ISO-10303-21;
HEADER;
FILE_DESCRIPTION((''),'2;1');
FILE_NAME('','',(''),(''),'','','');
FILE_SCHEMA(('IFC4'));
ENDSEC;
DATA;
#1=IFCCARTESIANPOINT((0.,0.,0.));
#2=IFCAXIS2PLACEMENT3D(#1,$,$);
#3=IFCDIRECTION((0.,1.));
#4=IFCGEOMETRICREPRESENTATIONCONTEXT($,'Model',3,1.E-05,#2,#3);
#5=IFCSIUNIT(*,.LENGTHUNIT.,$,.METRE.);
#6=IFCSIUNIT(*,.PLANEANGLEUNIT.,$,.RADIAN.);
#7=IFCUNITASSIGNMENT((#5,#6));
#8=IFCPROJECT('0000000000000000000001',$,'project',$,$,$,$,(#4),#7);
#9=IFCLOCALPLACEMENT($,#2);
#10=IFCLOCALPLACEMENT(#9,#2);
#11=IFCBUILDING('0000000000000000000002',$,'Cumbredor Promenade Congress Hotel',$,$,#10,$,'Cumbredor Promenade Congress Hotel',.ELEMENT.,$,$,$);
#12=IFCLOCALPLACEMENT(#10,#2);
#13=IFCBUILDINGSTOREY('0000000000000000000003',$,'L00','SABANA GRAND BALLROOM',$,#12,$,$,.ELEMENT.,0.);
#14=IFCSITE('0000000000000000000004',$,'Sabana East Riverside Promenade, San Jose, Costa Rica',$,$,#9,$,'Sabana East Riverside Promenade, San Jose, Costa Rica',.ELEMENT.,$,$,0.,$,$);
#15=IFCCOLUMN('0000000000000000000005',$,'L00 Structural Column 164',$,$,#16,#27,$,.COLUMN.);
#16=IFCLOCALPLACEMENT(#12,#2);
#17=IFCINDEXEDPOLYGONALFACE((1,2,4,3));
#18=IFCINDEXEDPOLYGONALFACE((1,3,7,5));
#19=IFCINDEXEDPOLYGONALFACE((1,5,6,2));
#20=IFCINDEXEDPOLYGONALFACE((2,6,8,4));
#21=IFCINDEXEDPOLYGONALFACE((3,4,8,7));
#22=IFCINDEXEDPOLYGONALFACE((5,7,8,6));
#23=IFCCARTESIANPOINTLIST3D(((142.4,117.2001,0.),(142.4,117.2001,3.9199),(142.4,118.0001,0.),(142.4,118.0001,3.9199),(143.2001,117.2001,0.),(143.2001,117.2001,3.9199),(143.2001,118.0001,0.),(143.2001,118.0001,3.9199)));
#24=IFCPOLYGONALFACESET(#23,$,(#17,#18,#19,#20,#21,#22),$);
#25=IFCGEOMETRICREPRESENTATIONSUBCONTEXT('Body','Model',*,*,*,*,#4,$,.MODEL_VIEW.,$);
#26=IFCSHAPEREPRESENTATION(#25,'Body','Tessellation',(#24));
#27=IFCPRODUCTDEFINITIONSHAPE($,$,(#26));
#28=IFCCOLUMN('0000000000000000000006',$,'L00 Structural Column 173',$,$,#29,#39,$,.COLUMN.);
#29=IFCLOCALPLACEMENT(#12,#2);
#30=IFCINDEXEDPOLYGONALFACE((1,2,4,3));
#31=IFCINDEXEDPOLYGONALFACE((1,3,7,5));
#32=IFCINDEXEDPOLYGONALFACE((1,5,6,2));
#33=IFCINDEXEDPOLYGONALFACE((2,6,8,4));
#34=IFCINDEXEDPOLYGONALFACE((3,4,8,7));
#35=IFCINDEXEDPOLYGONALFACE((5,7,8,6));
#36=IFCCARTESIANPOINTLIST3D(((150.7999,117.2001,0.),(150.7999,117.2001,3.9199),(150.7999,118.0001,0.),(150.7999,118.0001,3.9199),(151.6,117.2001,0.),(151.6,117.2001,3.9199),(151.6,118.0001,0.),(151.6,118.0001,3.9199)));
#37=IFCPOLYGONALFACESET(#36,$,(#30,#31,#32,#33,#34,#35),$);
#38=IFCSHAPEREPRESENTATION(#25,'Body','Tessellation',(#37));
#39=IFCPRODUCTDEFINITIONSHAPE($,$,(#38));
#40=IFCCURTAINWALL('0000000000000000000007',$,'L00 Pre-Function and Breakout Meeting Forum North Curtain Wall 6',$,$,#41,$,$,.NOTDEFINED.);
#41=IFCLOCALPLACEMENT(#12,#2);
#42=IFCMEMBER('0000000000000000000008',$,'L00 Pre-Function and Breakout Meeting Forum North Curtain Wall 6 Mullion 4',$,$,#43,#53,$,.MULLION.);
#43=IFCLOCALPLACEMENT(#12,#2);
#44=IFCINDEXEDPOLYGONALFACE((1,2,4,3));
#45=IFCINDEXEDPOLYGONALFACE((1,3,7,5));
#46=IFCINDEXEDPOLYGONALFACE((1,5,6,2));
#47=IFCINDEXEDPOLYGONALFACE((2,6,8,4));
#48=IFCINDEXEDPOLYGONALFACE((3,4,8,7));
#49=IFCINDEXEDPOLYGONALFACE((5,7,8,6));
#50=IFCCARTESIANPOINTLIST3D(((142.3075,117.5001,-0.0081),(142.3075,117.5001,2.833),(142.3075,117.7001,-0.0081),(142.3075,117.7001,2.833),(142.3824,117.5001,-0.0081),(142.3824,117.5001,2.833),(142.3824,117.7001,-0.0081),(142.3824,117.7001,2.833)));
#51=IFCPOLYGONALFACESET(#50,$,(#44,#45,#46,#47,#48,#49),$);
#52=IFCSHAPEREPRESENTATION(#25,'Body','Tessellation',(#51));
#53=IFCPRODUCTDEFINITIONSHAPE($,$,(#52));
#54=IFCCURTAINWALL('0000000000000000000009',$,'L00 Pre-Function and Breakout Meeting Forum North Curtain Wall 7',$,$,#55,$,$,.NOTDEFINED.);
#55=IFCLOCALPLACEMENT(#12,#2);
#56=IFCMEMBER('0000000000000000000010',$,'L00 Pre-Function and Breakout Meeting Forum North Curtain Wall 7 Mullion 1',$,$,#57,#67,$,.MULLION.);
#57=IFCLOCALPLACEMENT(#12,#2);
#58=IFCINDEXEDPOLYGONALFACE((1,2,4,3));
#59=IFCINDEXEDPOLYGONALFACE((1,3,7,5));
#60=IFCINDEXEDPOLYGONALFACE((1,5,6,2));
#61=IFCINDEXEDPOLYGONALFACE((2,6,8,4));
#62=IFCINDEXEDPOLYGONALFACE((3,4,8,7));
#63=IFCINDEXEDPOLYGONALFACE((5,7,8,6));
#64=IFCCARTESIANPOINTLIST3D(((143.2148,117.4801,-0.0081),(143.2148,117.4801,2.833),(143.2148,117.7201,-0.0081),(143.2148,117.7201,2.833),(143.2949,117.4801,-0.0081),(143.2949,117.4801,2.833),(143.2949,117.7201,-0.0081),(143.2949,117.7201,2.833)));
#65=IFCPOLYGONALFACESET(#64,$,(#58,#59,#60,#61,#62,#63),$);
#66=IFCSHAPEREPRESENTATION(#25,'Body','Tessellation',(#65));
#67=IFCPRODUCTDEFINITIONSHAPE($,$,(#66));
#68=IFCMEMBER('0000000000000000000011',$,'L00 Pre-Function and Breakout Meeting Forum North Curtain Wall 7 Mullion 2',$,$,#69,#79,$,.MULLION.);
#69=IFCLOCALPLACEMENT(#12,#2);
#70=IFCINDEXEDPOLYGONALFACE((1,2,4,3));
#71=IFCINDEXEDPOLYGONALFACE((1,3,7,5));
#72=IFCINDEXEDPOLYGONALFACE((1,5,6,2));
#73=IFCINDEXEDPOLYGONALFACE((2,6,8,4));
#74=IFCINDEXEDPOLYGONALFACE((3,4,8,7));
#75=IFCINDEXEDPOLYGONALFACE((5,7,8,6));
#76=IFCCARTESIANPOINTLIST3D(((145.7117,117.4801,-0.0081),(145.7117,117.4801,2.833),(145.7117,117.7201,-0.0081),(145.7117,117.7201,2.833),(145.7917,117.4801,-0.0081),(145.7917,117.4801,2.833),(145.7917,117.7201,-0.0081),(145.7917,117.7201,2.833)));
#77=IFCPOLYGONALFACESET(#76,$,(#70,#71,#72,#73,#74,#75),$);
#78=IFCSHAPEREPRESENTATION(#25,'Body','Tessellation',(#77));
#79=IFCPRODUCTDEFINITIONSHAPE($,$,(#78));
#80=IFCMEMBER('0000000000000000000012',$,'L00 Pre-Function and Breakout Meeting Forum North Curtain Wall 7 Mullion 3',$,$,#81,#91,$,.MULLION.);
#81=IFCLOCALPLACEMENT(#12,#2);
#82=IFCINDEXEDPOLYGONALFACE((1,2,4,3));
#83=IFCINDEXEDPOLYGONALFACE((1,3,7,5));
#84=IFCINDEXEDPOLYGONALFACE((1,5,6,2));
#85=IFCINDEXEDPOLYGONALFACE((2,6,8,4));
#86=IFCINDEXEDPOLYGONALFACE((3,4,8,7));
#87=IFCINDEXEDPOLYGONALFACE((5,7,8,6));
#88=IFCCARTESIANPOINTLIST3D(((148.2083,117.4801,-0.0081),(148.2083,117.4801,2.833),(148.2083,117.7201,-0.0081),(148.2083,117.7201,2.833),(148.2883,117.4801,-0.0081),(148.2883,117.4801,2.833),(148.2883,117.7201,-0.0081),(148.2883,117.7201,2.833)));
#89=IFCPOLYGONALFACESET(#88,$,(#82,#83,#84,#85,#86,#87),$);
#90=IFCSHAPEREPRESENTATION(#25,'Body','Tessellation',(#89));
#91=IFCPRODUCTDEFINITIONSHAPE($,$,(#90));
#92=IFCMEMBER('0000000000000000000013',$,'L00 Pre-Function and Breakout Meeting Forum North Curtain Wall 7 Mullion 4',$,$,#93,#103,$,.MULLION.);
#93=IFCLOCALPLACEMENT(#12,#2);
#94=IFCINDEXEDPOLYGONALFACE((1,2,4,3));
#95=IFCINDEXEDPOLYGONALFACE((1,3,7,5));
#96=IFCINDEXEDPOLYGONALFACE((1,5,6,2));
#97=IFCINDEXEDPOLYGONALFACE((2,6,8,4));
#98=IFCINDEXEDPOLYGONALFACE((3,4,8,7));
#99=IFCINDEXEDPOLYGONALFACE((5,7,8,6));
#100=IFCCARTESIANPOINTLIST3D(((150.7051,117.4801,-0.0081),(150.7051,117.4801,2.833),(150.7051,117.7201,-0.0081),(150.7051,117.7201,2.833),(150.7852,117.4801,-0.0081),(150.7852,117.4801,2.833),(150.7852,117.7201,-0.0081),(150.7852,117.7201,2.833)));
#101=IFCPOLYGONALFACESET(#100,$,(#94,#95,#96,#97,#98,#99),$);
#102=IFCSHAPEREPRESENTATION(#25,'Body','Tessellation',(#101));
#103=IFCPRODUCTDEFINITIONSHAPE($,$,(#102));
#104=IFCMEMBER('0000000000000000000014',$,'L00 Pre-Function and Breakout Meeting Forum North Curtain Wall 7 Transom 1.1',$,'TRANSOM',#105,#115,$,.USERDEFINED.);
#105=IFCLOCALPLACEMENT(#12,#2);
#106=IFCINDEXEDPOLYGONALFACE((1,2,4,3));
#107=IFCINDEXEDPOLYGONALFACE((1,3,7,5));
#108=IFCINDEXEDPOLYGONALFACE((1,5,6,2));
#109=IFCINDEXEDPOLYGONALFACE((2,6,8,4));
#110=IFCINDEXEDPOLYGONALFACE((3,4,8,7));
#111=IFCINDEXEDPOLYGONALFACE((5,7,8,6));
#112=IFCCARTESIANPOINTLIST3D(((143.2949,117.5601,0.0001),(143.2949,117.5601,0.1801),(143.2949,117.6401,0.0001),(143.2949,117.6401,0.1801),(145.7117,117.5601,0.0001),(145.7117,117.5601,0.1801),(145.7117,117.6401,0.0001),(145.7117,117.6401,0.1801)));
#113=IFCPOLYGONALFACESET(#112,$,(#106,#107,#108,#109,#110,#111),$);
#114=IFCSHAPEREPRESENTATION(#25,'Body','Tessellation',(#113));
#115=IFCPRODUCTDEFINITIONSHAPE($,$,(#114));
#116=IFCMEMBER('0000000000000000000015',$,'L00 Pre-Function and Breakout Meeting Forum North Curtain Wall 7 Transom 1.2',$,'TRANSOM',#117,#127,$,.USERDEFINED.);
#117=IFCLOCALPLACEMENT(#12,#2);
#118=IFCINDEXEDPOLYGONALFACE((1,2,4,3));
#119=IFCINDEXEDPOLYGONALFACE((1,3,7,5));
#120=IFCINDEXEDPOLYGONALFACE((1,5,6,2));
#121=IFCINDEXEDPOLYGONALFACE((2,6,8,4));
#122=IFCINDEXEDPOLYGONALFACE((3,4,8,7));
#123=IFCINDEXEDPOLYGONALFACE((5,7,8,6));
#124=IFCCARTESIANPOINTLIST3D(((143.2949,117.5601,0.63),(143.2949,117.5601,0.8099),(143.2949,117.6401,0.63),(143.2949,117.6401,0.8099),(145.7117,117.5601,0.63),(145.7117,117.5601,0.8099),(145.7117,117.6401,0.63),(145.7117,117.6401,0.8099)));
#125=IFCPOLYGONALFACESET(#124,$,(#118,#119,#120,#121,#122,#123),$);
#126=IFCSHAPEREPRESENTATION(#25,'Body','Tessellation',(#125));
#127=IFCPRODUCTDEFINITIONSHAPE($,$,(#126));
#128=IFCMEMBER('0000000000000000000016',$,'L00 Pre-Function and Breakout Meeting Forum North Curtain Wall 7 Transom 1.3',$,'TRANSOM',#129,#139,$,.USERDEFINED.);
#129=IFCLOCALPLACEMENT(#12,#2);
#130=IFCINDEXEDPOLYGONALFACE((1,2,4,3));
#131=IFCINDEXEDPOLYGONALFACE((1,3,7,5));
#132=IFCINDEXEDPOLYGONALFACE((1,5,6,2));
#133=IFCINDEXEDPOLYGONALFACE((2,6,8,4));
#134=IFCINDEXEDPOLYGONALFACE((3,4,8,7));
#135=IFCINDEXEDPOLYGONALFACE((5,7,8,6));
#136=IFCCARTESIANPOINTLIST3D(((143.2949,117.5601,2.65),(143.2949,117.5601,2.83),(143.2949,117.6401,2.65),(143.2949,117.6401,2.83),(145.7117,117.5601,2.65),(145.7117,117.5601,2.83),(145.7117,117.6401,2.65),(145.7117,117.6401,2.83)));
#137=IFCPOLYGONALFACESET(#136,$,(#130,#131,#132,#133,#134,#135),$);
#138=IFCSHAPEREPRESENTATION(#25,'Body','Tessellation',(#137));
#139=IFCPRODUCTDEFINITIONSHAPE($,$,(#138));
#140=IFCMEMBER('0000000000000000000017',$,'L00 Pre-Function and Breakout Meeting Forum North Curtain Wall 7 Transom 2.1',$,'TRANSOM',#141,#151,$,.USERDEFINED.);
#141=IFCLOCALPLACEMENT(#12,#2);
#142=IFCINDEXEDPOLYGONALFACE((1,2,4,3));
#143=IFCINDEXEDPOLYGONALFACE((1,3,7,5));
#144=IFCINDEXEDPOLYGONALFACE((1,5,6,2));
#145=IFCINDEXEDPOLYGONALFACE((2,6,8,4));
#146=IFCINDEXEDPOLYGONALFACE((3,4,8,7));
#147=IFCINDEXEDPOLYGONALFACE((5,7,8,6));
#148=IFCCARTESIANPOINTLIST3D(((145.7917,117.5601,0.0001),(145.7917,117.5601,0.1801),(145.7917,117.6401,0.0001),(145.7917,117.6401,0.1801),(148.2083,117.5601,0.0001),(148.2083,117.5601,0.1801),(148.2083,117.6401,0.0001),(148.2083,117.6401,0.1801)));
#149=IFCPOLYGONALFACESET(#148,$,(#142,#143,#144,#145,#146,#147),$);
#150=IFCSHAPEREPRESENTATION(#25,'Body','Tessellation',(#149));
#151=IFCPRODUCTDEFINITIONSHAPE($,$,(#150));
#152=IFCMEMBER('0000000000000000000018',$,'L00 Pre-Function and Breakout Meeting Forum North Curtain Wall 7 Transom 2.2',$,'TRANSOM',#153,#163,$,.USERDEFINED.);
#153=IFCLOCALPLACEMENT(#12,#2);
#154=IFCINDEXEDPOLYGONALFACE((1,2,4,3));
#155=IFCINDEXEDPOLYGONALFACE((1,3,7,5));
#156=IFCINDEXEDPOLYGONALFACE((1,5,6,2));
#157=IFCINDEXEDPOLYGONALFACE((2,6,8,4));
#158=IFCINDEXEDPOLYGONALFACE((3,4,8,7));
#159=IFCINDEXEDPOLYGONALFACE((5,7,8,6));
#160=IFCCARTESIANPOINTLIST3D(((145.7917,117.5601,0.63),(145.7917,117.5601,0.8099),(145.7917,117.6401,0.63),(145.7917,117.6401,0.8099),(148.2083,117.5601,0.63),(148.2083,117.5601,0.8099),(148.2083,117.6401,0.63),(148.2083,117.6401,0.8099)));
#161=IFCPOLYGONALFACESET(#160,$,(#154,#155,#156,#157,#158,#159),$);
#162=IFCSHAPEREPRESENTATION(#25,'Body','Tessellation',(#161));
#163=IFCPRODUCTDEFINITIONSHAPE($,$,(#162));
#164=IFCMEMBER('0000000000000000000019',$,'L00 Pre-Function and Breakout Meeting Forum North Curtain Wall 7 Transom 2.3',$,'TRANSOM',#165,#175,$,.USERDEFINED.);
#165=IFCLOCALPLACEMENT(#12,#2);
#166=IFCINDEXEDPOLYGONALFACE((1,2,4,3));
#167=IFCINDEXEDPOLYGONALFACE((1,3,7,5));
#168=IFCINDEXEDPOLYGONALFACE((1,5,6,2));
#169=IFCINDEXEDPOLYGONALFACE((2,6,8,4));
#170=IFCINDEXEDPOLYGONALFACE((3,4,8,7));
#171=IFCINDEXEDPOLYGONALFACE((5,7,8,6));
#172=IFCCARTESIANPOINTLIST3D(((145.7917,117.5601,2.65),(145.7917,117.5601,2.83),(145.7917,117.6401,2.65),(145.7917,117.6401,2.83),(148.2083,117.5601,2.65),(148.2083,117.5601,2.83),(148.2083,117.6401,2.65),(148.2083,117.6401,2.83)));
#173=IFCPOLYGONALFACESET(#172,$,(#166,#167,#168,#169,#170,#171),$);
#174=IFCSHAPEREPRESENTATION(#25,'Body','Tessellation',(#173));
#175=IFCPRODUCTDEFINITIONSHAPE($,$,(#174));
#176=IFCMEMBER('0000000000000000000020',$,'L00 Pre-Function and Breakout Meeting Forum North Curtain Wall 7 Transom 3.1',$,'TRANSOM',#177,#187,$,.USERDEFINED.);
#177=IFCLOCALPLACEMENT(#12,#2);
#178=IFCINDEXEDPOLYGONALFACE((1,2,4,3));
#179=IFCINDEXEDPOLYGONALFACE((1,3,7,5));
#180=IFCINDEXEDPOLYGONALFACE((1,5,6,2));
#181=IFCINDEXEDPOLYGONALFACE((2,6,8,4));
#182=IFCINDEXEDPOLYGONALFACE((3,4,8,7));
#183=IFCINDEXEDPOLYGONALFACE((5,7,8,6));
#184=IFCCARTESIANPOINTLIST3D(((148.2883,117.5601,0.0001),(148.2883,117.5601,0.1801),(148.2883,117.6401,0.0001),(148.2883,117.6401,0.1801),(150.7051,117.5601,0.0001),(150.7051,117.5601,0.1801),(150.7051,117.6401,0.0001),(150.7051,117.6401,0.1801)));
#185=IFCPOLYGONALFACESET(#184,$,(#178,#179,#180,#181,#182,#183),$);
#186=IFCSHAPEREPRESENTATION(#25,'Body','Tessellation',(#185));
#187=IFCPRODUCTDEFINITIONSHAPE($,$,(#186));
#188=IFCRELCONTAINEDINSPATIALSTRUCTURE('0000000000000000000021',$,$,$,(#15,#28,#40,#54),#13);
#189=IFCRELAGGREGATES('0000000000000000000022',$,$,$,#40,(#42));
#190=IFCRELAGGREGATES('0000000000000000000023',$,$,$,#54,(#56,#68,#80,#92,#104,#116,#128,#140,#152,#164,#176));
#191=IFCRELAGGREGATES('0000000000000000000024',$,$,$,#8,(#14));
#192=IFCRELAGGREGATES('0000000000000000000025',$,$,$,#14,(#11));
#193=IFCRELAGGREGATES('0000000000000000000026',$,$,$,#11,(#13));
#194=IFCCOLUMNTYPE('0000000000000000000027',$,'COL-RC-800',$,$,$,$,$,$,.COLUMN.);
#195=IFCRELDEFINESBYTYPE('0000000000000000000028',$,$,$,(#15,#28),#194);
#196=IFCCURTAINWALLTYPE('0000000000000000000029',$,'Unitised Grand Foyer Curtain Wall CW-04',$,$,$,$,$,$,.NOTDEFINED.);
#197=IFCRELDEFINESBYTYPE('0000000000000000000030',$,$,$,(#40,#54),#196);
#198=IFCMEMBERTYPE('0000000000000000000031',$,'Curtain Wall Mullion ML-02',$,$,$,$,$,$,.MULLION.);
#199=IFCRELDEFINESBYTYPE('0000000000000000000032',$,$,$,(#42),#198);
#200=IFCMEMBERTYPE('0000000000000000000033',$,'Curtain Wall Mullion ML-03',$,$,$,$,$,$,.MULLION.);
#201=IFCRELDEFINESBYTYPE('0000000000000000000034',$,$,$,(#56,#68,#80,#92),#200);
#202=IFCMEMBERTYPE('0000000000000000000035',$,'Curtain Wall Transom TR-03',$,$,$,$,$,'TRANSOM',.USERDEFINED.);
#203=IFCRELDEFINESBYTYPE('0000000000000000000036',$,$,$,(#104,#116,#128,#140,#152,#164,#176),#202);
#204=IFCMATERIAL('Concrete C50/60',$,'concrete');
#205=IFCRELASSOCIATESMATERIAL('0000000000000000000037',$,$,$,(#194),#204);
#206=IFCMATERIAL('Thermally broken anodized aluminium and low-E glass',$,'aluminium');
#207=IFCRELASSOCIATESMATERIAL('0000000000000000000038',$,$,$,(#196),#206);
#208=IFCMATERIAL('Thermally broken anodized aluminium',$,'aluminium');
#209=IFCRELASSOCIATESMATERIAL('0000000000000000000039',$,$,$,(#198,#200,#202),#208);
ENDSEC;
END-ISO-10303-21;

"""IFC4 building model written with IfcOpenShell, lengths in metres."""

from ifc_helpers import new_model, si_unit, direction, frame, origin, origin_2d, place, context, subcontext, project, spatial, rectangle, extrude, material, material_profile, profile_set, type_object, element, aggregate, save


model = new_model("IFC4")

# Units and contexts
model_context = context("Model", 3, precision=1e-05, world=origin(), true_north=direction((0.0, 1.0)))
body_context = subcontext(model_context, "Body", "Model", "MODEL_VIEW")
ifc_project = project(units=[si_unit("LENGTHUNIT", "METRE"), si_unit("PLANEANGLEUNIT", "RADIAN")], contexts=[model_context])

# Site, building, storey
site_placement = place(None, origin())
site = spatial("IfcSite", under=ifc_project, at=site_placement, Name="Sabana East Riverside Promenade, San Jose, Costa Rica", LongName="Sabana East Riverside Promenade, San Jose, Costa Rica", CompositionType="ELEMENT", RefElevation=0.0)
building_placement = place(site_placement, origin())
building = spatial("IfcBuilding", under=site, at=building_placement, Name="Cumbredor Promenade Congress Hotel", LongName="Cumbredor Promenade Congress Hotel", CompositionType="ELEMENT")
storey_placement = place(building_placement, origin())
storey = spatial("IfcBuildingStorey", under=building, at=storey_placement, Name="L00", Description="SABANA GRAND BALLROOM", CompositionType="ELEMENT", Elevation=0.0)

# Columns
ifc_material_1 = material(Name="Concrete C50/60", Category="concrete")
ifc_material_profile_1 = material_profile(ifc_material_1, rectangle(XDim=0.8, YDim=0.8, at=origin_2d()), Name="RC 800x800")
ifc_profile_set_1 = profile_set([ifc_material_profile_1], Name="Concrete C50/60")
column_type = type_object("IfcColumnType", Name="COL-RC-800", PredefinedType="COLUMN", material=ifc_profile_set_1)
for number, where, z_axis, x_axis, name in (
    (1, (142.8, 117.6001, 0.0), (0.0, 0.0, 1.0), (1.0, 0.0, 0.0), "L00 Structural Column 164"),
    (2, (151.2, 117.6001, 0.0), (0.0, 0.0, 1.0), (1.0, 0.0, 0.0), "L00 Structural Column 173"),
):
    element("IfcColumn", number, at=place(storey_placement, frame(where, z_axis=z_axis, x_axis=x_axis)), inside=storey, type_object=column_type, Name=name, PredefinedType="COLUMN", context=body_context, shape_type="SweptSolid", body=[
        extrude(rectangle(XDim=0.8, YDim=0.8, at=origin_2d()), origin(), (0.0, 0.0, 1.0), 3.9199),
    ])

# Curtain wall, member
ifc_material_2 = material(Name="Thermally broken anodized aluminium and low-E glass", Category="aluminium")
curtain_wall_type = type_object("IfcCurtainWallType", Name="Unitised Grand Foyer Curtain Wall CW-04", PredefinedType="NOTDEFINED", material=ifc_material_2)
curtain_wall_1_placement = place(storey_placement, origin())
curtain_wall_1 = element("IfcCurtainWall", 3, at=curtain_wall_1_placement, inside=storey, type_object=curtain_wall_type, Name="L00 Pre-Function and Breakout Meeting Forum North Curtain Wall 6", PredefinedType="NOTDEFINED")
ifc_material_3 = material(Name="Thermally broken anodized aluminium", Category="aluminium")
ifc_material_profile_2 = material_profile(ifc_material_3, rectangle(XDim=0.075, YDim=0.2, at=origin_2d()), Name="ALU MULLION 75x200")
ifc_profile_set_2 = profile_set([ifc_material_profile_2], Name="Thermally broken anodized aluminium")
member_type_1 = type_object("IfcMemberType", Name="Curtain Wall Mullion ML-02", PredefinedType="MULLION", material=ifc_profile_set_2)
member_1_placement = place(storey_placement, frame((142.345, 117.6001, -0.0081), z_axis=(0.0, 0.0, 1.0), x_axis=(1.0, 0.0, 0.0)))
member_1 = element("IfcMember", 4, at=member_1_placement, type_object=member_type_1, Name="L00 Pre-Function and Breakout Meeting Forum North Curtain Wall 6 Mullion 4", PredefinedType="MULLION", context=body_context, shape_type="SweptSolid", body=[
    extrude(rectangle(XDim=0.075, YDim=0.2, at=origin_2d()), origin(), (0.0, 0.0, 1.0), 2.8411),
])
aggregate(curtain_wall_1, [member_1])

# Curtain wall, members
curtain_wall_2_placement = place(storey_placement, origin())
curtain_wall_2 = element("IfcCurtainWall", 5, at=curtain_wall_2_placement, inside=storey, type_object=curtain_wall_type, Name="L00 Pre-Function and Breakout Meeting Forum North Curtain Wall 7", PredefinedType="NOTDEFINED")
ifc_material_profile_3 = material_profile(ifc_material_3, rectangle(XDim=0.0801, YDim=0.24, at=origin_2d()), Name="ALU MULLION 80x240")
ifc_profile_set_3 = profile_set([ifc_material_profile_3], Name="Thermally broken anodized aluminium")
member_type_2 = type_object("IfcMemberType", Name="Curtain Wall Mullion ML-03", PredefinedType="MULLION", material=ifc_profile_set_3)
member_2_placement = place(storey_placement, frame((143.2549, 117.6001, -0.0081), z_axis=(0.0, 0.0, 1.0), x_axis=(1.0, 0.0, 0.0)))
member_2 = element("IfcMember", 6, at=member_2_placement, type_object=member_type_2, Name="L00 Pre-Function and Breakout Meeting Forum North Curtain Wall 7 Mullion 1", PredefinedType="MULLION", context=body_context, shape_type="SweptSolid", body=[
    extrude(rectangle(XDim=0.0801, YDim=0.24, at=origin_2d()), origin(), (0.0, 0.0, 1.0), 2.8411),
])
member_3_placement = place(storey_placement, frame((145.7517, 117.6001, -0.0081), z_axis=(0.0, 0.0, 1.0), x_axis=(1.0, 0.0, 0.0)))
member_3 = element("IfcMember", 7, at=member_3_placement, type_object=member_type_2, Name="L00 Pre-Function and Breakout Meeting Forum North Curtain Wall 7 Mullion 2", PredefinedType="MULLION", context=body_context, shape_type="SweptSolid", body=[
    extrude(rectangle(XDim=0.0801, YDim=0.24, at=origin_2d()), origin(), (0.0, 0.0, 1.0), 2.8411),
])
member_4_placement = place(storey_placement, frame((148.2483, 117.6001, -0.0081), z_axis=(0.0, 0.0, 1.0), x_axis=(1.0, 0.0, 0.0)))
member_4 = element("IfcMember", 8, at=member_4_placement, type_object=member_type_2, Name="L00 Pre-Function and Breakout Meeting Forum North Curtain Wall 7 Mullion 3", PredefinedType="MULLION", context=body_context, shape_type="SweptSolid", body=[
    extrude(rectangle(XDim=0.0801, YDim=0.24, at=origin_2d()), origin(), (0.0, 0.0, 1.0), 2.8411),
])
member_5_placement = place(storey_placement, frame((150.7451, 117.6001, -0.0081), z_axis=(0.0, 0.0, 1.0), x_axis=(1.0, 0.0, 0.0)))
member_5 = element("IfcMember", 9, at=member_5_placement, type_object=member_type_2, Name="L00 Pre-Function and Breakout Meeting Forum North Curtain Wall 7 Mullion 4", PredefinedType="MULLION", context=body_context, shape_type="SweptSolid", body=[
    extrude(rectangle(XDim=0.0801, YDim=0.24, at=origin_2d()), origin(), (0.0, 0.0, 1.0), 2.8411),
])
ifc_material_profile_4 = material_profile(ifc_material_3, rectangle(XDim=0.0801, YDim=0.1799, at=origin_2d()), Name="ALU TRANSOM 80x180")
ifc_profile_set_4 = profile_set([ifc_material_profile_4], Name="Thermally broken anodized aluminium")
member_type_3 = type_object("IfcMemberType", Name="Curtain Wall Transom TR-03", ElementType="TRANSOM", PredefinedType="USERDEFINED", material=ifc_profile_set_4)
member_6_placement = place(storey_placement, frame((143.2949, 117.6001, 0.0901), z_axis=(1.0, 0.0, 0.0), x_axis=(0.0, 1.0, 0.0)))
member_6 = element("IfcMember", 10, at=member_6_placement, type_object=member_type_3, Name="L00 Pre-Function and Breakout Meeting Forum North Curtain Wall 7 Transom 1.1", ObjectType="TRANSOM", PredefinedType="USERDEFINED", context=body_context, shape_type="SweptSolid", body=[
    extrude(rectangle(XDim=0.0801, YDim=0.1799, at=origin_2d()), origin(), (0.0, 0.0, 1.0), 2.4167),
])
member_7_placement = place(storey_placement, frame((143.2949, 117.6001, 0.72), z_axis=(1.0, 0.0, 0.0), x_axis=(0.0, 1.0, 0.0)))
member_7 = element("IfcMember", 11, at=member_7_placement, type_object=member_type_3, Name="L00 Pre-Function and Breakout Meeting Forum North Curtain Wall 7 Transom 1.2", ObjectType="TRANSOM", PredefinedType="USERDEFINED", context=body_context, shape_type="SweptSolid", body=[
    extrude(rectangle(XDim=0.0801, YDim=0.1799, at=origin_2d()), origin(), (0.0, 0.0, 1.0), 2.4167),
])
member_8_placement = place(storey_placement, frame((143.2949, 117.6001, 2.74), z_axis=(1.0, 0.0, 0.0), x_axis=(0.0, 1.0, 0.0)))
member_8 = element("IfcMember", 12, at=member_8_placement, type_object=member_type_3, Name="L00 Pre-Function and Breakout Meeting Forum North Curtain Wall 7 Transom 1.3", ObjectType="TRANSOM", PredefinedType="USERDEFINED", context=body_context, shape_type="SweptSolid", body=[
    extrude(rectangle(XDim=0.0801, YDim=0.1799, at=origin_2d()), origin(), (0.0, 0.0, 1.0), 2.4167),
])
member_9_placement = place(storey_placement, frame((145.7917, 117.6001, 0.0901), z_axis=(1.0, 0.0, 0.0), x_axis=(0.0, 1.0, 0.0)))
member_9 = element("IfcMember", 13, at=member_9_placement, type_object=member_type_3, Name="L00 Pre-Function and Breakout Meeting Forum North Curtain Wall 7 Transom 2.1", ObjectType="TRANSOM", PredefinedType="USERDEFINED", context=body_context, shape_type="SweptSolid", body=[
    extrude(rectangle(XDim=0.0801, YDim=0.1799, at=origin_2d()), origin(), (0.0, 0.0, 1.0), 2.4165),
])
member_10_placement = place(storey_placement, frame((145.7917, 117.6001, 0.72), z_axis=(1.0, 0.0, 0.0), x_axis=(0.0, 1.0, 0.0)))
member_10 = element("IfcMember", 14, at=member_10_placement, type_object=member_type_3, Name="L00 Pre-Function and Breakout Meeting Forum North Curtain Wall 7 Transom 2.2", ObjectType="TRANSOM", PredefinedType="USERDEFINED", context=body_context, shape_type="SweptSolid", body=[
    extrude(rectangle(XDim=0.0801, YDim=0.1799, at=origin_2d()), origin(), (0.0, 0.0, 1.0), 2.4165),
])
member_11_placement = place(storey_placement, frame((145.7917, 117.6001, 2.74), z_axis=(1.0, 0.0, 0.0), x_axis=(0.0, 1.0, 0.0)))
member_11 = element("IfcMember", 15, at=member_11_placement, type_object=member_type_3, Name="L00 Pre-Function and Breakout Meeting Forum North Curtain Wall 7 Transom 2.3", ObjectType="TRANSOM", PredefinedType="USERDEFINED", context=body_context, shape_type="SweptSolid", body=[
    extrude(rectangle(XDim=0.0801, YDim=0.1799, at=origin_2d()), origin(), (0.0, 0.0, 1.0), 2.4165),
])
member_12_placement = place(storey_placement, frame((148.2883, 117.6001, 0.0901), z_axis=(1.0, 0.0, 0.0), x_axis=(0.0, 1.0, 0.0)))
member_12 = element("IfcMember", 16, at=member_12_placement, type_object=member_type_3, Name="L00 Pre-Function and Breakout Meeting Forum North Curtain Wall 7 Transom 3.1", ObjectType="TRANSOM", PredefinedType="USERDEFINED", context=body_context, shape_type="SweptSolid", body=[
    extrude(rectangle(XDim=0.0801, YDim=0.1799, at=origin_2d()), origin(), (0.0, 0.0, 1.0), 2.4167),
])

aggregate(curtain_wall_2, [member_2, member_3, member_4, member_5, member_6, member_7, member_8, member_9, member_10, member_11, member_12])

save(model, "model.ifc")
